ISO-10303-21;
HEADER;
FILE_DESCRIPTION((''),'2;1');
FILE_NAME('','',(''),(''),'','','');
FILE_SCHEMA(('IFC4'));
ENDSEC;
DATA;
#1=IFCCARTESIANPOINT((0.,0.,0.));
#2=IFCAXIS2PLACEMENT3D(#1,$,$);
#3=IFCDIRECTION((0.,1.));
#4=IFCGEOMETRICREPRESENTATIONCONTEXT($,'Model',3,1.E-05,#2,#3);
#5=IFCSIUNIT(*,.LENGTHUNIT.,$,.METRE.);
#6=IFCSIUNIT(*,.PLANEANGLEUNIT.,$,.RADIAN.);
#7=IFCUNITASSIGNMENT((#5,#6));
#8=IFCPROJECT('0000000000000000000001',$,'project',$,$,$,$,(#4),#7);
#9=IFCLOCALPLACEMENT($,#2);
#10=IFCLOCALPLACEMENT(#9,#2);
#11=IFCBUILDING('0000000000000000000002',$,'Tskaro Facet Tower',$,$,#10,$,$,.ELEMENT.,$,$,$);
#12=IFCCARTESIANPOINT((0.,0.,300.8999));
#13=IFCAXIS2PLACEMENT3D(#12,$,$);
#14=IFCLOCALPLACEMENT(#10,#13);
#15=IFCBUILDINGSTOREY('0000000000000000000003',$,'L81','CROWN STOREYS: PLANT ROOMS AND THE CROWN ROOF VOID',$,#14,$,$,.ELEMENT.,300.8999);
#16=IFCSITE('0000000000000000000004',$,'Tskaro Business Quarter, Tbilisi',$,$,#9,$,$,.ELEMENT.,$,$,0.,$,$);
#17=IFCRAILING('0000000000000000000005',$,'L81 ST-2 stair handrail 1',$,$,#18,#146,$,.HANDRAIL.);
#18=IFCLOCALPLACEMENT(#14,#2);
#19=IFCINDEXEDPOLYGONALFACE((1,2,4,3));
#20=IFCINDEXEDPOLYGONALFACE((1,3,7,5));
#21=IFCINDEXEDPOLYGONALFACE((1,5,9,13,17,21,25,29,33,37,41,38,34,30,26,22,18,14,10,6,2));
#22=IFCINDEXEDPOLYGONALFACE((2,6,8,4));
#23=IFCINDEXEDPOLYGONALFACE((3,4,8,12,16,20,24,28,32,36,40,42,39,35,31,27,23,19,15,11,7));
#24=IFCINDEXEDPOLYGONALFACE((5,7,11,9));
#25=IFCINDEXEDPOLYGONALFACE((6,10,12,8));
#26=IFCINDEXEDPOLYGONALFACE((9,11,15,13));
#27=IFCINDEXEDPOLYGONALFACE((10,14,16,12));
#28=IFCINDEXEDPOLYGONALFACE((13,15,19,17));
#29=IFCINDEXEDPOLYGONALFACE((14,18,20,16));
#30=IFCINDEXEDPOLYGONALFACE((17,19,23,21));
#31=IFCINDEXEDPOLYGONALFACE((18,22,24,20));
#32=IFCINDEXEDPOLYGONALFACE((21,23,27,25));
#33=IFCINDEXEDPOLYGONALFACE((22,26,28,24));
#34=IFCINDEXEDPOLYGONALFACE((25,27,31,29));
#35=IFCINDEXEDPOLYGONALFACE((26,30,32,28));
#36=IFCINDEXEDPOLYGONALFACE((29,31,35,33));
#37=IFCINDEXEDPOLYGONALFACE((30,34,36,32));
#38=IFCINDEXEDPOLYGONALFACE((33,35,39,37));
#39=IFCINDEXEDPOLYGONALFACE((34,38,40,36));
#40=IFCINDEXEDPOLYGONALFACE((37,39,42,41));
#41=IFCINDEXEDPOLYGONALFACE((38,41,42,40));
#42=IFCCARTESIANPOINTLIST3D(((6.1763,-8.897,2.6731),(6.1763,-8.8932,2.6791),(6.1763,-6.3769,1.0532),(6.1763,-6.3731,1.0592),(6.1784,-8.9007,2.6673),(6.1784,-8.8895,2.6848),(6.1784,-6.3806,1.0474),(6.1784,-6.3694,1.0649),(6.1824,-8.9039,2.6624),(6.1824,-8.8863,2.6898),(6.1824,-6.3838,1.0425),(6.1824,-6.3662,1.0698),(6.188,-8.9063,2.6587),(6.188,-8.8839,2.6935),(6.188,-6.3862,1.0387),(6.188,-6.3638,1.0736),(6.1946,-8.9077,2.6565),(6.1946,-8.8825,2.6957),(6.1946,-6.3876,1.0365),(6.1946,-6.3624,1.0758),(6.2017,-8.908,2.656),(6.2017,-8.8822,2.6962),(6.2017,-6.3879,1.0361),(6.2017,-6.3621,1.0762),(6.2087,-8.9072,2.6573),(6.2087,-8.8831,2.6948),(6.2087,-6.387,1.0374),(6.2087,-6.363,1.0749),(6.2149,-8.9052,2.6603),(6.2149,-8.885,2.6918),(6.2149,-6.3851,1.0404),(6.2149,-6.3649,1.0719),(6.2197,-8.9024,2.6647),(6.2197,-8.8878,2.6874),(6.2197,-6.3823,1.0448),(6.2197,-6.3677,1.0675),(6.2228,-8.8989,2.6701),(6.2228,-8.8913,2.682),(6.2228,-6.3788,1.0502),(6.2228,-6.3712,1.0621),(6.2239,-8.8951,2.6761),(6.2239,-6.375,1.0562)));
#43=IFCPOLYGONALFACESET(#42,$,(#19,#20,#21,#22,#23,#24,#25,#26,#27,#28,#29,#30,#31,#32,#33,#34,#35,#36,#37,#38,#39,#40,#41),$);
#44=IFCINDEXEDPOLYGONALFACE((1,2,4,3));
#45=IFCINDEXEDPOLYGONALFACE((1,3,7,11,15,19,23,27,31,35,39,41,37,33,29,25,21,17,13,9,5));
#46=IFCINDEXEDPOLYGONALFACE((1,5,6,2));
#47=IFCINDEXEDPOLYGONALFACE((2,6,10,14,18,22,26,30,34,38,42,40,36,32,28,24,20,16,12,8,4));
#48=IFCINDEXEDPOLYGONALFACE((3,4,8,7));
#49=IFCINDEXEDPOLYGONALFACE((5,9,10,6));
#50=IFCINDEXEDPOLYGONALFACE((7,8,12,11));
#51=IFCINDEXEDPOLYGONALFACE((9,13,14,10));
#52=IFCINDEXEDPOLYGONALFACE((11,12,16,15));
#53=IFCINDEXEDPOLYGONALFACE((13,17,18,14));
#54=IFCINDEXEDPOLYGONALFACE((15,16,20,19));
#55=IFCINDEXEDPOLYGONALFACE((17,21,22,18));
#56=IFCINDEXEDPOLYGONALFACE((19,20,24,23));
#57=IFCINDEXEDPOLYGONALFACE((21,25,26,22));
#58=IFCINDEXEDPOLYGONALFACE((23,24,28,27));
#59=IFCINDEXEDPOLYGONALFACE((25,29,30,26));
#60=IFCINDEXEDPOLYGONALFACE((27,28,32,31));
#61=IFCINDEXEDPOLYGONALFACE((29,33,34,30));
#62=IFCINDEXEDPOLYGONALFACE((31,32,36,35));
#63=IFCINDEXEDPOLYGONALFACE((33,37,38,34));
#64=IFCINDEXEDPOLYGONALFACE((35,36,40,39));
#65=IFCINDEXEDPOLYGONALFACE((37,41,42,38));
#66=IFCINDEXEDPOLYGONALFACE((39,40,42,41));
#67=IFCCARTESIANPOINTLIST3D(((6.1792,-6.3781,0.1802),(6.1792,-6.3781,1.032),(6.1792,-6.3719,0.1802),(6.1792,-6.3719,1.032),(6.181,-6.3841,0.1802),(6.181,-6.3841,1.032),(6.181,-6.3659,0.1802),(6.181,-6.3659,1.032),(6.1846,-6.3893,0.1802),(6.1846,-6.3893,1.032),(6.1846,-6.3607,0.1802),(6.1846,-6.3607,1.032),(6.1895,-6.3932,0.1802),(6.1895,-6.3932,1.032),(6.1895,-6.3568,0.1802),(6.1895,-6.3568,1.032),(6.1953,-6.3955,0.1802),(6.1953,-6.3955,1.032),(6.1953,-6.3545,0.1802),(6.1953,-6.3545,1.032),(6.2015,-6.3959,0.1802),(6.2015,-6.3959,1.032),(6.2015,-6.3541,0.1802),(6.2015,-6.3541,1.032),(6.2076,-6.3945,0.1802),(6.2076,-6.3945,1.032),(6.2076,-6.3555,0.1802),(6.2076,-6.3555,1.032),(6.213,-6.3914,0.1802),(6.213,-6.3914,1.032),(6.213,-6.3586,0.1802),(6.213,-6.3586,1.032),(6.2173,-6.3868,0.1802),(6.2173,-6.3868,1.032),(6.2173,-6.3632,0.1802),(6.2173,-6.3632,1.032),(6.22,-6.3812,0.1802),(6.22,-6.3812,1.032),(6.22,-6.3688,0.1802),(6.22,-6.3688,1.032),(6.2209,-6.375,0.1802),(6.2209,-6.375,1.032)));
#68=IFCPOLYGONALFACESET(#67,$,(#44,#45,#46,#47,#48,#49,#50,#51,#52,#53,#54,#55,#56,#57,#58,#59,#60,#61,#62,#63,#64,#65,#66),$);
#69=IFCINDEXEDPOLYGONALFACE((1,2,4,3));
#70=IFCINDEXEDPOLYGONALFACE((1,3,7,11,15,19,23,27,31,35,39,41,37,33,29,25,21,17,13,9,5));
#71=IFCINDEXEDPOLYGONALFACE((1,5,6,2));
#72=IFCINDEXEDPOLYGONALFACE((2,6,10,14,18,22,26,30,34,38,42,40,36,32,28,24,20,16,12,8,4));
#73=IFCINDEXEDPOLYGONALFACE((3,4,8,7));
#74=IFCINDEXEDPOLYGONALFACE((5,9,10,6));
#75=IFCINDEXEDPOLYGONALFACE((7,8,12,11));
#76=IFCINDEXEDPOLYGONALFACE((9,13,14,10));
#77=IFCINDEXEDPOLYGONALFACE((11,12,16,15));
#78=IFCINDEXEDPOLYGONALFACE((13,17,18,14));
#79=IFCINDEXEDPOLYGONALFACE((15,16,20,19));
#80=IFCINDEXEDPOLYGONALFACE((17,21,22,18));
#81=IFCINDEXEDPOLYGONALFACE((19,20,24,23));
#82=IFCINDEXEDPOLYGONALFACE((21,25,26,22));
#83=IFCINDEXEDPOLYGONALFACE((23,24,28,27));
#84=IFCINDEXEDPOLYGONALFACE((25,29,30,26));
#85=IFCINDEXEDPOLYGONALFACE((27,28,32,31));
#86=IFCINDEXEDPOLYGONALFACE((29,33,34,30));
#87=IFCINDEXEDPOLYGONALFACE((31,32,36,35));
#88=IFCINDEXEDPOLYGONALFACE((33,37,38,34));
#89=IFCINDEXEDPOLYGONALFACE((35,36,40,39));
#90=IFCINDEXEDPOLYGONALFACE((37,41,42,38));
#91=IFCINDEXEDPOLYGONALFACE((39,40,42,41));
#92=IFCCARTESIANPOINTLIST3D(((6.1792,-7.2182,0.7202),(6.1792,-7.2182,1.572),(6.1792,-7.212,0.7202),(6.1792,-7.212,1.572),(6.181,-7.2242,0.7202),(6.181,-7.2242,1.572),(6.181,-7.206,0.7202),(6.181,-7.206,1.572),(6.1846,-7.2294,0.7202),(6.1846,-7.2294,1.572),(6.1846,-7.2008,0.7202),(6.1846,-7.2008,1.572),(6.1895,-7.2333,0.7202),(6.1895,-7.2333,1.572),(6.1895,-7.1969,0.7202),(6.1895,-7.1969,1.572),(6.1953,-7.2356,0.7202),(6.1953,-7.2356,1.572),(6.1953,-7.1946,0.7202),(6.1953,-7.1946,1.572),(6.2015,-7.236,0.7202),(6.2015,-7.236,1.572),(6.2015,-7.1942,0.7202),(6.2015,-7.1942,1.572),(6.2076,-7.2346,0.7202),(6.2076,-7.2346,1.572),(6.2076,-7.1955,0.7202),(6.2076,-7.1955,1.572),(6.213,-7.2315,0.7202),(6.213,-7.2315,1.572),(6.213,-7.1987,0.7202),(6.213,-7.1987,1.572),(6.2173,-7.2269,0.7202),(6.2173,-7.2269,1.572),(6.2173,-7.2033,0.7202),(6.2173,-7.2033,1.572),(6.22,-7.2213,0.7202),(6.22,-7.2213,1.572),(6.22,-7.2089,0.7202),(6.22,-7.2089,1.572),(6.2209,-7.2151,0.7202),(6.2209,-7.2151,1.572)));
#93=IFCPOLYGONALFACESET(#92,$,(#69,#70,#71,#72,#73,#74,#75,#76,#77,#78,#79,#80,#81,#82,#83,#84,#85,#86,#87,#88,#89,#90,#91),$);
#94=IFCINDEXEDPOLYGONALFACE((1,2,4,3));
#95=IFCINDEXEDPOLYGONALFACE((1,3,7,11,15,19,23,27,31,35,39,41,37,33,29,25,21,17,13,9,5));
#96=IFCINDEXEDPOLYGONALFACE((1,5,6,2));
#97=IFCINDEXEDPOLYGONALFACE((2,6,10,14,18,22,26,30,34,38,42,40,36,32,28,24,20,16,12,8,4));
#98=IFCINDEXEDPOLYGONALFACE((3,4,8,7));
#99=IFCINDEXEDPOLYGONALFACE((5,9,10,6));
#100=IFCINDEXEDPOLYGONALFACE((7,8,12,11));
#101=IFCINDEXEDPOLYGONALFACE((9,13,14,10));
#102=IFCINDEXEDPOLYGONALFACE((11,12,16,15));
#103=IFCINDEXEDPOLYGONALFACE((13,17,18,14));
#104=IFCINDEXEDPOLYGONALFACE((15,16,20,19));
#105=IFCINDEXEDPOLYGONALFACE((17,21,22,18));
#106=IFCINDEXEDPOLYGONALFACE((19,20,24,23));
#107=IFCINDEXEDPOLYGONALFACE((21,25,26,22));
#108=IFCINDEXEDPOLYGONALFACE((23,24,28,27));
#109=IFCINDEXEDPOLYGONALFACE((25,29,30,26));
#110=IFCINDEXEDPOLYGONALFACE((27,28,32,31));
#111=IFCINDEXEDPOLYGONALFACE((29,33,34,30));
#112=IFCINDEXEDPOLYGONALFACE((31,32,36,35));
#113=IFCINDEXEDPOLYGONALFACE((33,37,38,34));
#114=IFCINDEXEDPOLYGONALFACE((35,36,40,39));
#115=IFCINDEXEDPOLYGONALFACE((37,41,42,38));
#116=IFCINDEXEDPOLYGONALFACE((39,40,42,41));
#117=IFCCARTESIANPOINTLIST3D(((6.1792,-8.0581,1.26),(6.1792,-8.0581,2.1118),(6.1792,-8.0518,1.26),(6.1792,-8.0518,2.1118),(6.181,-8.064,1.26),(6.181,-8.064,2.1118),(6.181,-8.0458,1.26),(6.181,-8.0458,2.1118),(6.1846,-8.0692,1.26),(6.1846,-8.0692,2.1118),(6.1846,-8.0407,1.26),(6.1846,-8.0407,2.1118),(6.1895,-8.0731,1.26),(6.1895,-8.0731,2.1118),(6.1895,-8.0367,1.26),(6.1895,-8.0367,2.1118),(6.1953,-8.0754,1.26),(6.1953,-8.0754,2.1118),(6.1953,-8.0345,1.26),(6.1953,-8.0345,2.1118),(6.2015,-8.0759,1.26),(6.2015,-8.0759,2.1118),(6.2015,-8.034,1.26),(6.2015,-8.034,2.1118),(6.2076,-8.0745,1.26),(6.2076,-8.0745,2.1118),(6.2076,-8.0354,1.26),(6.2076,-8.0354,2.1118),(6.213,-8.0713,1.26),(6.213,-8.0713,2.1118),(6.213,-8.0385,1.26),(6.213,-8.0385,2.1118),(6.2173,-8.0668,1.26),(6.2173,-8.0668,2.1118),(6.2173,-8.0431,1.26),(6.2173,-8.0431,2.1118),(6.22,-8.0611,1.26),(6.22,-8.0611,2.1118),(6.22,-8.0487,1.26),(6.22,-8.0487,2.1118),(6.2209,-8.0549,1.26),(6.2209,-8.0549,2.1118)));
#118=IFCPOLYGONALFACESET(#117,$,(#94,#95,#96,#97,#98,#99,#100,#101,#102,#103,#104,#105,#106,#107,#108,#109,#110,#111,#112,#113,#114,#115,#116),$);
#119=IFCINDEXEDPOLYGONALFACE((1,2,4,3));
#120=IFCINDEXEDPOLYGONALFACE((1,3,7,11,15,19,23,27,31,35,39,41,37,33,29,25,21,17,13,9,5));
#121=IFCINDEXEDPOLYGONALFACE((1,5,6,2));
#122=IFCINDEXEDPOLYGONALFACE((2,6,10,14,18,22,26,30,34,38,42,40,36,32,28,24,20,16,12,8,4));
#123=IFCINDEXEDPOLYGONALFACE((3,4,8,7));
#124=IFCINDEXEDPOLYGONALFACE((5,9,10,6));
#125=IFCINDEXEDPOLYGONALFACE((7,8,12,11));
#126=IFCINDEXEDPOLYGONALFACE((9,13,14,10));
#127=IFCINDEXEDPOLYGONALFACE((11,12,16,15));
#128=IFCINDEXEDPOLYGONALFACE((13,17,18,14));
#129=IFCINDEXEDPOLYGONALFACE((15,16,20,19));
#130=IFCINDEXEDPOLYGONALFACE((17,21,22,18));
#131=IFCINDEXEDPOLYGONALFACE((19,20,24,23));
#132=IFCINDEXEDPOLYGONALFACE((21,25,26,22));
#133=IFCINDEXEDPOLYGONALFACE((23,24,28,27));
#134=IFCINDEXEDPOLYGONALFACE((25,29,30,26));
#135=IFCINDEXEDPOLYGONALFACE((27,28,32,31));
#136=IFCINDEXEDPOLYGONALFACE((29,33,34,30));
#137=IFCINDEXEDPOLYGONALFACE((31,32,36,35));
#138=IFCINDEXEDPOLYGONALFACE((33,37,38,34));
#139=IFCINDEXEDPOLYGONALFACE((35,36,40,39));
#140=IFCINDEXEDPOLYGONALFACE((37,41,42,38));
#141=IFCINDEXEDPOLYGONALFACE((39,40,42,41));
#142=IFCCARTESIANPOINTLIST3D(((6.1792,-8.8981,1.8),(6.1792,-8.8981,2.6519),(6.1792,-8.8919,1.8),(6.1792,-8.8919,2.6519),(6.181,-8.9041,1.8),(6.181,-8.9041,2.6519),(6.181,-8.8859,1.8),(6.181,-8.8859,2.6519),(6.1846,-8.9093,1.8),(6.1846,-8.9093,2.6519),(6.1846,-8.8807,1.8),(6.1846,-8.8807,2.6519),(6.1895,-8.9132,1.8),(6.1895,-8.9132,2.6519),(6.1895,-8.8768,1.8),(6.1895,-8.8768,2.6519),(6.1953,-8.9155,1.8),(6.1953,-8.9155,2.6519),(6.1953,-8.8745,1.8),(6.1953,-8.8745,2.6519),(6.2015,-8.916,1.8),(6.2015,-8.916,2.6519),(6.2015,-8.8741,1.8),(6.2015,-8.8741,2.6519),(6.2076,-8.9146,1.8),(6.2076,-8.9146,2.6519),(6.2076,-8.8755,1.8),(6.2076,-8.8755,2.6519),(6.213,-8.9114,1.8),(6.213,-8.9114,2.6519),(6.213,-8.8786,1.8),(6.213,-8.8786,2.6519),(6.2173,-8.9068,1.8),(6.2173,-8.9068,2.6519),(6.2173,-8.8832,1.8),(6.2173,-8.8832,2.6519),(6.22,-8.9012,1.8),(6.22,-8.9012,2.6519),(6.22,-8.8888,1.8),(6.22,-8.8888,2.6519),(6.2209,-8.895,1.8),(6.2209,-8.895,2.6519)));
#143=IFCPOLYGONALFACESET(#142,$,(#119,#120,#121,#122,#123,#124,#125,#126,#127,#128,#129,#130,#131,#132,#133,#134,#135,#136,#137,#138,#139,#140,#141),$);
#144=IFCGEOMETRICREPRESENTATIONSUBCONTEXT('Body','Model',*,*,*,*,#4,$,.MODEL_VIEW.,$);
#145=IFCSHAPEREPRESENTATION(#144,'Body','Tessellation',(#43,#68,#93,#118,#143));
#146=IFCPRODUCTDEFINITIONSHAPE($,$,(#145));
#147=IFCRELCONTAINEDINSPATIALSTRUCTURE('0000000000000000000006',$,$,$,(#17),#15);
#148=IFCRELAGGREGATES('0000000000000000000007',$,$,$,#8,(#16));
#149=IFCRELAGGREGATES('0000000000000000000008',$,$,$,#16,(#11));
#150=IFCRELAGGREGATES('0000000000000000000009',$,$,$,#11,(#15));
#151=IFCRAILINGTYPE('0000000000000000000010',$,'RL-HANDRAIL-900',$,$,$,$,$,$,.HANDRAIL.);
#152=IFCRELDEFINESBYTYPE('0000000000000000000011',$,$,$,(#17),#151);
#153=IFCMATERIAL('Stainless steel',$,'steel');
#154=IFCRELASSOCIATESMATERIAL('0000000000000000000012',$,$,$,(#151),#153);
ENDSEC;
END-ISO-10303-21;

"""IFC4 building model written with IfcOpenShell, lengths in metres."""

from ifc_helpers import new_model, si_unit, direction, frame, origin, origin_2d, place, context, subcontext, project, spatial, circle, extrude, material, type_object, element, save


model = new_model("IFC4")

# Units and contexts
model_context = context("Model", 3, precision=1e-05, world=origin(), true_north=direction((0.0, 1.0)))
body_context = subcontext(model_context, "Body", "Model", "MODEL_VIEW")
ifc_project = project(units=[si_unit("LENGTHUNIT", "METRE"), si_unit("PLANEANGLEUNIT", "RADIAN")], contexts=[model_context])

# Site, building, storey
site_placement = place(None, origin())
site = spatial("IfcSite", under=ifc_project, at=site_placement, Name="Tskaro Business Quarter, Tbilisi", CompositionType="ELEMENT", RefElevation=0.0)
building_placement = place(site_placement, origin())
building = spatial("IfcBuilding", under=site, at=building_placement, Name="Tskaro Facet Tower", CompositionType="ELEMENT")
storey_placement = place(building_placement, frame((0.0, 0.0, 300.8999)))
storey = spatial("IfcBuildingStorey", under=building, at=storey_placement, Name="L81", Description="CROWN STOREYS: PLANT ROOMS AND THE CROWN ROOF VOID", CompositionType="ELEMENT", Elevation=300.8999)

# Railing
ifc_material_1 = material(Name="Stainless steel", Category="steel")
railing_type_1 = type_object("IfcRailingType", Name="RL-HANDRAIL-900", PredefinedType="HANDRAIL", material=ifc_material_1)
railing_1_placement = place(storey_placement, frame((6.2, -6.375, 0.1802)))
element("IfcRailing", 1, at=railing_1_placement, inside=storey, type_object=railing_type_1, Name="L81 ST-2 stair handrail 1", PredefinedType="HANDRAIL", context=body_context, shape_type="SweptSolid", body=[
    extrude(circle(Radius=0.0239, at=origin_2d()), frame((0.0, 0.0, 0.876), z_axis=(0.0, -0.8412, 0.540725), x_axis=(1.0, 0.0, 0.0)), (0.0, 0.0, 1.0), 2.9958),
    extrude(circle(Radius=0.021, at=origin_2d()), origin(), (0.0, 0.0, 1.0), 0.8518),
    extrude(circle(Radius=0.021, at=origin_2d()), frame((0.0, -0.8401, 0.54)), (0.0, 0.0, 1.0), 0.8518),
    extrude(circle(Radius=0.021, at=origin_2d()), frame((0.0, -1.6799, 1.0798)), (0.0, 0.0, 1.0), 0.8518),
    extrude(circle(Radius=0.021, at=origin_2d()), frame((0.0, -2.52, 1.6199)), (0.0, 0.0, 1.0), 0.8518),
])

save(model, "model.ifc")
